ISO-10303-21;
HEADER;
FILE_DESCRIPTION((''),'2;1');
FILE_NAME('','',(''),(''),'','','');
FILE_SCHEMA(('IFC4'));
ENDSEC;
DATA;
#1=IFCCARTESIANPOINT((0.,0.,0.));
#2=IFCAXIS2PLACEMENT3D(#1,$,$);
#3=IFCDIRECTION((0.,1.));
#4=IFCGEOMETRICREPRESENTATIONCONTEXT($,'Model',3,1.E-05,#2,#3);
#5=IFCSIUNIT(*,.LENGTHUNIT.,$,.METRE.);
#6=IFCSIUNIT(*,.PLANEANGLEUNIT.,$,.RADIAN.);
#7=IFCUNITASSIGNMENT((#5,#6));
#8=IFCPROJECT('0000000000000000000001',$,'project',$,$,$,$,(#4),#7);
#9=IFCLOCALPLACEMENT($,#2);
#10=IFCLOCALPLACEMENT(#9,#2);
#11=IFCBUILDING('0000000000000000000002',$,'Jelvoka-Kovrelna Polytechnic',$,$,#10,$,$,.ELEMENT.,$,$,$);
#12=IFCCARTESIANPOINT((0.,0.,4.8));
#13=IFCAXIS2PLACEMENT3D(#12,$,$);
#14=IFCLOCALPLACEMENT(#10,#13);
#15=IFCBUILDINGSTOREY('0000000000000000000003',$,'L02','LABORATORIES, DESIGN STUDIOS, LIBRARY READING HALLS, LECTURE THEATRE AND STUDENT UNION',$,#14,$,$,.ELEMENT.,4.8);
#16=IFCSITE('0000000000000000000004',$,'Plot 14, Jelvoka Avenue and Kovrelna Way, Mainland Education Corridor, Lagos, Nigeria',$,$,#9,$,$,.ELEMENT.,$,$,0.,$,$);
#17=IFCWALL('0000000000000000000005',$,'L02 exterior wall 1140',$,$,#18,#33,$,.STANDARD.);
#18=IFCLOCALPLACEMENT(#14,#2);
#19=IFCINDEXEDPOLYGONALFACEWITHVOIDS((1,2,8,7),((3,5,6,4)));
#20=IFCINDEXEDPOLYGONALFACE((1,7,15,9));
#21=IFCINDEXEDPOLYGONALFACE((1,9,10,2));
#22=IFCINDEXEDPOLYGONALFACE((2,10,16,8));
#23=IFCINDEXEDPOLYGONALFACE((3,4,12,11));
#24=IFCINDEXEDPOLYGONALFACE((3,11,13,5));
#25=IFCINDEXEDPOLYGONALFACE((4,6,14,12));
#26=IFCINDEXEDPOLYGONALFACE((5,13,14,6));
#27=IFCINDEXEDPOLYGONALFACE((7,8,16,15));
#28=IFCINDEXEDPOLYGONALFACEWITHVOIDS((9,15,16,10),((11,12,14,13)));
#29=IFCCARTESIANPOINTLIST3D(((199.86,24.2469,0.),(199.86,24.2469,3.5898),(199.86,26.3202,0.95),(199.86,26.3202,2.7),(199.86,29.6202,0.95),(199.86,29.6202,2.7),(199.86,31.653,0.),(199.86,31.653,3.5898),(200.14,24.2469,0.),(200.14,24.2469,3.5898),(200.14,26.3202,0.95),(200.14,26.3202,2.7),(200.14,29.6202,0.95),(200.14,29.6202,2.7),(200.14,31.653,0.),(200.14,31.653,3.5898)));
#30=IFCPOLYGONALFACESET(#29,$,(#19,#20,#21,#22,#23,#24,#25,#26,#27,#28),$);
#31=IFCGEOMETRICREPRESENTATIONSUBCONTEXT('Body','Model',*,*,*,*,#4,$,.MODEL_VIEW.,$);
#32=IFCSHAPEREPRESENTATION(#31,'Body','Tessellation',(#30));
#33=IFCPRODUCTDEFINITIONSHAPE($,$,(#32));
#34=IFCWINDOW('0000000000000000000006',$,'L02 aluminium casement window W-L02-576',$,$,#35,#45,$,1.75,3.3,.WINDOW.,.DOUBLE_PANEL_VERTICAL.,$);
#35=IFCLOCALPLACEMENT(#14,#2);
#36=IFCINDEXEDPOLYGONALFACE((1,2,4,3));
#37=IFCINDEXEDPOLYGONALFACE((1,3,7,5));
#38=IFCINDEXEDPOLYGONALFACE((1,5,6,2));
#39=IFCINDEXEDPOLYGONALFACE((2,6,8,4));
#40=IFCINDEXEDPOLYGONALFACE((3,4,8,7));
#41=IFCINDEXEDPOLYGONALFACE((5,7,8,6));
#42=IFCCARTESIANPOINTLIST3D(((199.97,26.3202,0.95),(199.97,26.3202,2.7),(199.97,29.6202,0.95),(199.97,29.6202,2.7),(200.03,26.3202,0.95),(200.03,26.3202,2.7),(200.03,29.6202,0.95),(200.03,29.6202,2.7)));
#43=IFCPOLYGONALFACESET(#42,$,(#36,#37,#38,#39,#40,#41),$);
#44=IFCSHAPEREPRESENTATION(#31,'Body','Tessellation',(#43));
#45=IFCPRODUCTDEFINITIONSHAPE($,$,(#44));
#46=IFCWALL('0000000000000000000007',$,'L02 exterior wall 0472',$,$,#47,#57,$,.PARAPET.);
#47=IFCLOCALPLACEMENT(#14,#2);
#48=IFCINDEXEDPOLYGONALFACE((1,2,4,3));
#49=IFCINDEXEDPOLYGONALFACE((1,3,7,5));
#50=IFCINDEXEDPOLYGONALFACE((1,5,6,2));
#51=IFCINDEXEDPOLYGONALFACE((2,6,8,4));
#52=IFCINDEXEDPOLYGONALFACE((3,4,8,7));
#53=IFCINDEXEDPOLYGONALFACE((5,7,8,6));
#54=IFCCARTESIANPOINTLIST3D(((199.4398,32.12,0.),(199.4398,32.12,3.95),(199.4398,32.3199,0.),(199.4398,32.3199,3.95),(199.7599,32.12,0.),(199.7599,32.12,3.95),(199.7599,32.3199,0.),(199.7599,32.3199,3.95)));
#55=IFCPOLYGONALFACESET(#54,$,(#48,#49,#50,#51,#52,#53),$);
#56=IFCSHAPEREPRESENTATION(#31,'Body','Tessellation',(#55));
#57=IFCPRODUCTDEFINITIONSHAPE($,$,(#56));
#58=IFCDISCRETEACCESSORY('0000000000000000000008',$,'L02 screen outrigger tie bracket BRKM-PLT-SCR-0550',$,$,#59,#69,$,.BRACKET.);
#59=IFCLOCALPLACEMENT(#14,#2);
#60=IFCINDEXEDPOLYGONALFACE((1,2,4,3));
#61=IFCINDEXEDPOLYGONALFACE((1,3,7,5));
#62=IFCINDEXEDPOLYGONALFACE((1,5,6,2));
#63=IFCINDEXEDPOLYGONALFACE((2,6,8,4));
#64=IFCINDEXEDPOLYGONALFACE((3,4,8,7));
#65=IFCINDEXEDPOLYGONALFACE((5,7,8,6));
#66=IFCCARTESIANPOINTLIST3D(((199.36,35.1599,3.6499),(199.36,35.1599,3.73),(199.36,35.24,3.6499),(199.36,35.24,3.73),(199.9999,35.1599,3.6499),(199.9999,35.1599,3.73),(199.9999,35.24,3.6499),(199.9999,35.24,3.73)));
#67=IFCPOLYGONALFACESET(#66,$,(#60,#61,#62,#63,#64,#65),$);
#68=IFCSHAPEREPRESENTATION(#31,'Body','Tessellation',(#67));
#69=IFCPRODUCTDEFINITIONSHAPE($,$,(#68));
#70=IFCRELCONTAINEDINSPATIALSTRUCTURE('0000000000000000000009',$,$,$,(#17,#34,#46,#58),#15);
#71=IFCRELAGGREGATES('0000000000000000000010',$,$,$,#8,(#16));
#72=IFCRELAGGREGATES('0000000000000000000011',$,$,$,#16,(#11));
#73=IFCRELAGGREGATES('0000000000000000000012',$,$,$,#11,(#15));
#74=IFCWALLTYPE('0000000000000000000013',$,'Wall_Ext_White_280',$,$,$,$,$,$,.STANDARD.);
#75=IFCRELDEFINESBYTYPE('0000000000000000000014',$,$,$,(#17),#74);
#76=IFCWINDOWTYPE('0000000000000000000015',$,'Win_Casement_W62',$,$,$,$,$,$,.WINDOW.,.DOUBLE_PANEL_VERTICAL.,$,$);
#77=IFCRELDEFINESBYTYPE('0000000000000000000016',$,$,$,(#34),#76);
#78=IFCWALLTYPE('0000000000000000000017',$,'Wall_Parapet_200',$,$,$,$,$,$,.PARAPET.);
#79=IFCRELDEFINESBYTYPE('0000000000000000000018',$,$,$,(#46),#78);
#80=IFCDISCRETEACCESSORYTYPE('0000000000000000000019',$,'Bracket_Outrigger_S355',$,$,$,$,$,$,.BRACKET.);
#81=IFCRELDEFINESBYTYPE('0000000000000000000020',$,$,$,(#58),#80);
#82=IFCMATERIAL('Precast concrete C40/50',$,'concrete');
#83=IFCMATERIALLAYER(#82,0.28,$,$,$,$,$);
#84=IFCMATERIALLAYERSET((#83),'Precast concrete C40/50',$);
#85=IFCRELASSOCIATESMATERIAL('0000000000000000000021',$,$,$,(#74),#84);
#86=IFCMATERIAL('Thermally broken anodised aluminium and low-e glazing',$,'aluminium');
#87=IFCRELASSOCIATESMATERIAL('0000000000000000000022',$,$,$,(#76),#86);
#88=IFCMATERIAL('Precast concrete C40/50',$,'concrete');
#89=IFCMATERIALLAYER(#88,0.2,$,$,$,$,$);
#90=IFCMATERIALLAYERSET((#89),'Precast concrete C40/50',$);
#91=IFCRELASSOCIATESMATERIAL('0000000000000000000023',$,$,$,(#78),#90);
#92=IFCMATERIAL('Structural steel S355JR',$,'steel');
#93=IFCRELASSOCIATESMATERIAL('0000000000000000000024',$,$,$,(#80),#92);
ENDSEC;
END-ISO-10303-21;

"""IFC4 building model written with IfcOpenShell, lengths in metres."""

from ifc_helpers import new_model, si_unit, direction, frame, frame_2d, origin, origin_2d, place, context, subcontext, project, spatial, rectangle, extrude, material, layer, layer_set, type_object, element, fill, save


model = new_model("IFC4")

# Units and contexts
model_context = context("Model", 3, precision=1e-05, world=origin(), true_north=direction((0.0, 1.0)))
body_context = subcontext(model_context, "Body", "Model", "MODEL_VIEW")
ifc_project = project(units=[si_unit("LENGTHUNIT", "METRE"), si_unit("PLANEANGLEUNIT", "RADIAN")], contexts=[model_context])

# Site, building, storey
site_placement = place(None, origin())
site = spatial("IfcSite", under=ifc_project, at=site_placement, Name="Plot 14, Jelvoka Avenue and Kovrelna Way, Mainland Education Corridor, Lagos, Nigeria", CompositionType="ELEMENT", RefElevation=0.0)
building_placement = place(site_placement, origin())
building = spatial("IfcBuilding", under=site, at=building_placement, Name="Jelvoka-Kovrelna Polytechnic", CompositionType="ELEMENT")
storey_placement = place(building_placement, frame((0.0, 0.0, 4.8)))
storey = spatial("IfcBuildingStorey", under=building, at=storey_placement, Name="L02", Description="LABORATORIES, DESIGN STUDIOS, LIBRARY READING HALLS, LECTURE THEATRE AND STUDENT UNION", CompositionType="ELEMENT", Elevation=4.8)

# Wall, opening, window
ifc_material_1 = material(Name="Precast concrete C40/50", Category="concrete")
ifc_layer_1 = layer(ifc_material_1, 0.28)
ifc_layer_set_1 = layer_set([ifc_layer_1], Name="Precast concrete C40/50")
wall_type_1 = type_object("IfcWallType", Name="Wall_Ext_White_280", PredefinedType="STANDARD", material=ifc_layer_set_1)
wall_1_placement = place(storey_placement, frame((200.0, 31.6531, 0.0), z_axis=(0.0, 0.0, 1.0), x_axis=(0.0, -1.0, 0.0)))
wall_1 = element("IfcWall", 1, at=wall_1_placement, inside=storey, type_object=wall_type_1, Name="L02 exterior wall 1140", PredefinedType="STANDARD", context=body_context, shape_type="SweptSolid", body=[
    extrude(rectangle(XDim=7.406, YDim=0.28, at=frame_2d((3.7031, 0.0))), origin(), (0.0, 0.0, 1.0), 3.5898),
])
opening_placement = place(wall_1_placement, frame((2.033, 0.0, 0.95)))
opening = element("IfcOpeningElement", 2, at=opening_placement, cuts=wall_1, PredefinedType="OPENING", context=body_context, shape_type="SweptSolid", body=[
    extrude(rectangle(XDim=3.3, YDim=1.75, at=frame_2d((1.6499, 0.875))), frame((0.0, 0.1501, 0.0), z_axis=(0.0, -1.0, 0.0), x_axis=(1.0, 0.0, 0.0)), (0.0, 0.0, 1.0), 0.3),
])
ifc_material_2 = material(Name="Thermally broken anodised aluminium and low-e glazing", Category="aluminium")
window_type = type_object("IfcWindowType", Name="Win_Casement_W62", PartitioningType="DOUBLE_PANEL_VERTICAL", PredefinedType="WINDOW", material=ifc_material_2)
window_placement = place(opening_placement, origin())
window = element("IfcWindow", 3, at=window_placement, inside=storey, type_object=window_type, Name="L02 aluminium casement window W-L02-576", OverallHeight=1.75, OverallWidth=3.3, PartitioningType="DOUBLE_PANEL_VERTICAL", PredefinedType="WINDOW", context=body_context, shape_type="SweptSolid", body=[
    extrude(rectangle(XDim=3.3, YDim=1.75, at=frame_2d((1.6499, 0.875))), frame((0.0, 0.03, 0.0), z_axis=(0.0, -1.0, 0.0), x_axis=(1.0, 0.0, 0.0)), (0.0, 0.0, 1.0), 0.0601),
])
fill(opening, window)

# Wall
ifc_material_3 = material(Name="Precast concrete C40/50", Category="concrete")
ifc_layer_2 = layer(ifc_material_3, 0.2)
ifc_layer_set_2 = layer_set([ifc_layer_2], Name="Precast concrete C40/50")
wall_type_2 = type_object("IfcWallType", Name="Wall_Parapet_200", PredefinedType="PARAPET", material=ifc_layer_set_2)
wall_2_placement = place(storey_placement, frame((199.76, 32.22, 0.0), z_axis=(0.0, 0.0, 1.0), x_axis=(-1.0, 0.0, 0.0)))
element("IfcWall", 4, at=wall_2_placement, inside=storey, type_object=wall_type_2, Name="L02 exterior wall 0472", PredefinedType="PARAPET", context=body_context, shape_type="SweptSolid", body=[
    extrude(rectangle(XDim=0.3201, YDim=0.2, at=frame_2d((0.1602, 0.0))), origin(), (0.0, 0.0, 1.0), 3.95),
])

# Discrete accessory
ifc_material_4 = material(Name="Structural steel S355JR", Category="steel")
discrete_accessory_type = type_object("IfcDiscreteAccessoryType", Name="Bracket_Outrigger_S355", PredefinedType="BRACKET", material=ifc_material_4)
discrete_accessory_placement = place(storey_placement, frame((199.6799, 35.2, 3.6499), z_axis=(0.0, 0.0, 1.0), x_axis=(1.0, 0.0, 0.0)))
element("IfcDiscreteAccessory", 5, at=discrete_accessory_placement, inside=storey, type_object=discrete_accessory_type, Name="L02 screen outrigger tie bracket BRKM-PLT-SCR-0550", PredefinedType="BRACKET", context=body_context, shape_type="SweptSolid", body=[
    extrude(rectangle(XDim=0.6399, YDim=0.0801, at=origin_2d()), origin(), (0.0, 0.0, 1.0), 0.0801),
])

save(model, "model.ifc")
